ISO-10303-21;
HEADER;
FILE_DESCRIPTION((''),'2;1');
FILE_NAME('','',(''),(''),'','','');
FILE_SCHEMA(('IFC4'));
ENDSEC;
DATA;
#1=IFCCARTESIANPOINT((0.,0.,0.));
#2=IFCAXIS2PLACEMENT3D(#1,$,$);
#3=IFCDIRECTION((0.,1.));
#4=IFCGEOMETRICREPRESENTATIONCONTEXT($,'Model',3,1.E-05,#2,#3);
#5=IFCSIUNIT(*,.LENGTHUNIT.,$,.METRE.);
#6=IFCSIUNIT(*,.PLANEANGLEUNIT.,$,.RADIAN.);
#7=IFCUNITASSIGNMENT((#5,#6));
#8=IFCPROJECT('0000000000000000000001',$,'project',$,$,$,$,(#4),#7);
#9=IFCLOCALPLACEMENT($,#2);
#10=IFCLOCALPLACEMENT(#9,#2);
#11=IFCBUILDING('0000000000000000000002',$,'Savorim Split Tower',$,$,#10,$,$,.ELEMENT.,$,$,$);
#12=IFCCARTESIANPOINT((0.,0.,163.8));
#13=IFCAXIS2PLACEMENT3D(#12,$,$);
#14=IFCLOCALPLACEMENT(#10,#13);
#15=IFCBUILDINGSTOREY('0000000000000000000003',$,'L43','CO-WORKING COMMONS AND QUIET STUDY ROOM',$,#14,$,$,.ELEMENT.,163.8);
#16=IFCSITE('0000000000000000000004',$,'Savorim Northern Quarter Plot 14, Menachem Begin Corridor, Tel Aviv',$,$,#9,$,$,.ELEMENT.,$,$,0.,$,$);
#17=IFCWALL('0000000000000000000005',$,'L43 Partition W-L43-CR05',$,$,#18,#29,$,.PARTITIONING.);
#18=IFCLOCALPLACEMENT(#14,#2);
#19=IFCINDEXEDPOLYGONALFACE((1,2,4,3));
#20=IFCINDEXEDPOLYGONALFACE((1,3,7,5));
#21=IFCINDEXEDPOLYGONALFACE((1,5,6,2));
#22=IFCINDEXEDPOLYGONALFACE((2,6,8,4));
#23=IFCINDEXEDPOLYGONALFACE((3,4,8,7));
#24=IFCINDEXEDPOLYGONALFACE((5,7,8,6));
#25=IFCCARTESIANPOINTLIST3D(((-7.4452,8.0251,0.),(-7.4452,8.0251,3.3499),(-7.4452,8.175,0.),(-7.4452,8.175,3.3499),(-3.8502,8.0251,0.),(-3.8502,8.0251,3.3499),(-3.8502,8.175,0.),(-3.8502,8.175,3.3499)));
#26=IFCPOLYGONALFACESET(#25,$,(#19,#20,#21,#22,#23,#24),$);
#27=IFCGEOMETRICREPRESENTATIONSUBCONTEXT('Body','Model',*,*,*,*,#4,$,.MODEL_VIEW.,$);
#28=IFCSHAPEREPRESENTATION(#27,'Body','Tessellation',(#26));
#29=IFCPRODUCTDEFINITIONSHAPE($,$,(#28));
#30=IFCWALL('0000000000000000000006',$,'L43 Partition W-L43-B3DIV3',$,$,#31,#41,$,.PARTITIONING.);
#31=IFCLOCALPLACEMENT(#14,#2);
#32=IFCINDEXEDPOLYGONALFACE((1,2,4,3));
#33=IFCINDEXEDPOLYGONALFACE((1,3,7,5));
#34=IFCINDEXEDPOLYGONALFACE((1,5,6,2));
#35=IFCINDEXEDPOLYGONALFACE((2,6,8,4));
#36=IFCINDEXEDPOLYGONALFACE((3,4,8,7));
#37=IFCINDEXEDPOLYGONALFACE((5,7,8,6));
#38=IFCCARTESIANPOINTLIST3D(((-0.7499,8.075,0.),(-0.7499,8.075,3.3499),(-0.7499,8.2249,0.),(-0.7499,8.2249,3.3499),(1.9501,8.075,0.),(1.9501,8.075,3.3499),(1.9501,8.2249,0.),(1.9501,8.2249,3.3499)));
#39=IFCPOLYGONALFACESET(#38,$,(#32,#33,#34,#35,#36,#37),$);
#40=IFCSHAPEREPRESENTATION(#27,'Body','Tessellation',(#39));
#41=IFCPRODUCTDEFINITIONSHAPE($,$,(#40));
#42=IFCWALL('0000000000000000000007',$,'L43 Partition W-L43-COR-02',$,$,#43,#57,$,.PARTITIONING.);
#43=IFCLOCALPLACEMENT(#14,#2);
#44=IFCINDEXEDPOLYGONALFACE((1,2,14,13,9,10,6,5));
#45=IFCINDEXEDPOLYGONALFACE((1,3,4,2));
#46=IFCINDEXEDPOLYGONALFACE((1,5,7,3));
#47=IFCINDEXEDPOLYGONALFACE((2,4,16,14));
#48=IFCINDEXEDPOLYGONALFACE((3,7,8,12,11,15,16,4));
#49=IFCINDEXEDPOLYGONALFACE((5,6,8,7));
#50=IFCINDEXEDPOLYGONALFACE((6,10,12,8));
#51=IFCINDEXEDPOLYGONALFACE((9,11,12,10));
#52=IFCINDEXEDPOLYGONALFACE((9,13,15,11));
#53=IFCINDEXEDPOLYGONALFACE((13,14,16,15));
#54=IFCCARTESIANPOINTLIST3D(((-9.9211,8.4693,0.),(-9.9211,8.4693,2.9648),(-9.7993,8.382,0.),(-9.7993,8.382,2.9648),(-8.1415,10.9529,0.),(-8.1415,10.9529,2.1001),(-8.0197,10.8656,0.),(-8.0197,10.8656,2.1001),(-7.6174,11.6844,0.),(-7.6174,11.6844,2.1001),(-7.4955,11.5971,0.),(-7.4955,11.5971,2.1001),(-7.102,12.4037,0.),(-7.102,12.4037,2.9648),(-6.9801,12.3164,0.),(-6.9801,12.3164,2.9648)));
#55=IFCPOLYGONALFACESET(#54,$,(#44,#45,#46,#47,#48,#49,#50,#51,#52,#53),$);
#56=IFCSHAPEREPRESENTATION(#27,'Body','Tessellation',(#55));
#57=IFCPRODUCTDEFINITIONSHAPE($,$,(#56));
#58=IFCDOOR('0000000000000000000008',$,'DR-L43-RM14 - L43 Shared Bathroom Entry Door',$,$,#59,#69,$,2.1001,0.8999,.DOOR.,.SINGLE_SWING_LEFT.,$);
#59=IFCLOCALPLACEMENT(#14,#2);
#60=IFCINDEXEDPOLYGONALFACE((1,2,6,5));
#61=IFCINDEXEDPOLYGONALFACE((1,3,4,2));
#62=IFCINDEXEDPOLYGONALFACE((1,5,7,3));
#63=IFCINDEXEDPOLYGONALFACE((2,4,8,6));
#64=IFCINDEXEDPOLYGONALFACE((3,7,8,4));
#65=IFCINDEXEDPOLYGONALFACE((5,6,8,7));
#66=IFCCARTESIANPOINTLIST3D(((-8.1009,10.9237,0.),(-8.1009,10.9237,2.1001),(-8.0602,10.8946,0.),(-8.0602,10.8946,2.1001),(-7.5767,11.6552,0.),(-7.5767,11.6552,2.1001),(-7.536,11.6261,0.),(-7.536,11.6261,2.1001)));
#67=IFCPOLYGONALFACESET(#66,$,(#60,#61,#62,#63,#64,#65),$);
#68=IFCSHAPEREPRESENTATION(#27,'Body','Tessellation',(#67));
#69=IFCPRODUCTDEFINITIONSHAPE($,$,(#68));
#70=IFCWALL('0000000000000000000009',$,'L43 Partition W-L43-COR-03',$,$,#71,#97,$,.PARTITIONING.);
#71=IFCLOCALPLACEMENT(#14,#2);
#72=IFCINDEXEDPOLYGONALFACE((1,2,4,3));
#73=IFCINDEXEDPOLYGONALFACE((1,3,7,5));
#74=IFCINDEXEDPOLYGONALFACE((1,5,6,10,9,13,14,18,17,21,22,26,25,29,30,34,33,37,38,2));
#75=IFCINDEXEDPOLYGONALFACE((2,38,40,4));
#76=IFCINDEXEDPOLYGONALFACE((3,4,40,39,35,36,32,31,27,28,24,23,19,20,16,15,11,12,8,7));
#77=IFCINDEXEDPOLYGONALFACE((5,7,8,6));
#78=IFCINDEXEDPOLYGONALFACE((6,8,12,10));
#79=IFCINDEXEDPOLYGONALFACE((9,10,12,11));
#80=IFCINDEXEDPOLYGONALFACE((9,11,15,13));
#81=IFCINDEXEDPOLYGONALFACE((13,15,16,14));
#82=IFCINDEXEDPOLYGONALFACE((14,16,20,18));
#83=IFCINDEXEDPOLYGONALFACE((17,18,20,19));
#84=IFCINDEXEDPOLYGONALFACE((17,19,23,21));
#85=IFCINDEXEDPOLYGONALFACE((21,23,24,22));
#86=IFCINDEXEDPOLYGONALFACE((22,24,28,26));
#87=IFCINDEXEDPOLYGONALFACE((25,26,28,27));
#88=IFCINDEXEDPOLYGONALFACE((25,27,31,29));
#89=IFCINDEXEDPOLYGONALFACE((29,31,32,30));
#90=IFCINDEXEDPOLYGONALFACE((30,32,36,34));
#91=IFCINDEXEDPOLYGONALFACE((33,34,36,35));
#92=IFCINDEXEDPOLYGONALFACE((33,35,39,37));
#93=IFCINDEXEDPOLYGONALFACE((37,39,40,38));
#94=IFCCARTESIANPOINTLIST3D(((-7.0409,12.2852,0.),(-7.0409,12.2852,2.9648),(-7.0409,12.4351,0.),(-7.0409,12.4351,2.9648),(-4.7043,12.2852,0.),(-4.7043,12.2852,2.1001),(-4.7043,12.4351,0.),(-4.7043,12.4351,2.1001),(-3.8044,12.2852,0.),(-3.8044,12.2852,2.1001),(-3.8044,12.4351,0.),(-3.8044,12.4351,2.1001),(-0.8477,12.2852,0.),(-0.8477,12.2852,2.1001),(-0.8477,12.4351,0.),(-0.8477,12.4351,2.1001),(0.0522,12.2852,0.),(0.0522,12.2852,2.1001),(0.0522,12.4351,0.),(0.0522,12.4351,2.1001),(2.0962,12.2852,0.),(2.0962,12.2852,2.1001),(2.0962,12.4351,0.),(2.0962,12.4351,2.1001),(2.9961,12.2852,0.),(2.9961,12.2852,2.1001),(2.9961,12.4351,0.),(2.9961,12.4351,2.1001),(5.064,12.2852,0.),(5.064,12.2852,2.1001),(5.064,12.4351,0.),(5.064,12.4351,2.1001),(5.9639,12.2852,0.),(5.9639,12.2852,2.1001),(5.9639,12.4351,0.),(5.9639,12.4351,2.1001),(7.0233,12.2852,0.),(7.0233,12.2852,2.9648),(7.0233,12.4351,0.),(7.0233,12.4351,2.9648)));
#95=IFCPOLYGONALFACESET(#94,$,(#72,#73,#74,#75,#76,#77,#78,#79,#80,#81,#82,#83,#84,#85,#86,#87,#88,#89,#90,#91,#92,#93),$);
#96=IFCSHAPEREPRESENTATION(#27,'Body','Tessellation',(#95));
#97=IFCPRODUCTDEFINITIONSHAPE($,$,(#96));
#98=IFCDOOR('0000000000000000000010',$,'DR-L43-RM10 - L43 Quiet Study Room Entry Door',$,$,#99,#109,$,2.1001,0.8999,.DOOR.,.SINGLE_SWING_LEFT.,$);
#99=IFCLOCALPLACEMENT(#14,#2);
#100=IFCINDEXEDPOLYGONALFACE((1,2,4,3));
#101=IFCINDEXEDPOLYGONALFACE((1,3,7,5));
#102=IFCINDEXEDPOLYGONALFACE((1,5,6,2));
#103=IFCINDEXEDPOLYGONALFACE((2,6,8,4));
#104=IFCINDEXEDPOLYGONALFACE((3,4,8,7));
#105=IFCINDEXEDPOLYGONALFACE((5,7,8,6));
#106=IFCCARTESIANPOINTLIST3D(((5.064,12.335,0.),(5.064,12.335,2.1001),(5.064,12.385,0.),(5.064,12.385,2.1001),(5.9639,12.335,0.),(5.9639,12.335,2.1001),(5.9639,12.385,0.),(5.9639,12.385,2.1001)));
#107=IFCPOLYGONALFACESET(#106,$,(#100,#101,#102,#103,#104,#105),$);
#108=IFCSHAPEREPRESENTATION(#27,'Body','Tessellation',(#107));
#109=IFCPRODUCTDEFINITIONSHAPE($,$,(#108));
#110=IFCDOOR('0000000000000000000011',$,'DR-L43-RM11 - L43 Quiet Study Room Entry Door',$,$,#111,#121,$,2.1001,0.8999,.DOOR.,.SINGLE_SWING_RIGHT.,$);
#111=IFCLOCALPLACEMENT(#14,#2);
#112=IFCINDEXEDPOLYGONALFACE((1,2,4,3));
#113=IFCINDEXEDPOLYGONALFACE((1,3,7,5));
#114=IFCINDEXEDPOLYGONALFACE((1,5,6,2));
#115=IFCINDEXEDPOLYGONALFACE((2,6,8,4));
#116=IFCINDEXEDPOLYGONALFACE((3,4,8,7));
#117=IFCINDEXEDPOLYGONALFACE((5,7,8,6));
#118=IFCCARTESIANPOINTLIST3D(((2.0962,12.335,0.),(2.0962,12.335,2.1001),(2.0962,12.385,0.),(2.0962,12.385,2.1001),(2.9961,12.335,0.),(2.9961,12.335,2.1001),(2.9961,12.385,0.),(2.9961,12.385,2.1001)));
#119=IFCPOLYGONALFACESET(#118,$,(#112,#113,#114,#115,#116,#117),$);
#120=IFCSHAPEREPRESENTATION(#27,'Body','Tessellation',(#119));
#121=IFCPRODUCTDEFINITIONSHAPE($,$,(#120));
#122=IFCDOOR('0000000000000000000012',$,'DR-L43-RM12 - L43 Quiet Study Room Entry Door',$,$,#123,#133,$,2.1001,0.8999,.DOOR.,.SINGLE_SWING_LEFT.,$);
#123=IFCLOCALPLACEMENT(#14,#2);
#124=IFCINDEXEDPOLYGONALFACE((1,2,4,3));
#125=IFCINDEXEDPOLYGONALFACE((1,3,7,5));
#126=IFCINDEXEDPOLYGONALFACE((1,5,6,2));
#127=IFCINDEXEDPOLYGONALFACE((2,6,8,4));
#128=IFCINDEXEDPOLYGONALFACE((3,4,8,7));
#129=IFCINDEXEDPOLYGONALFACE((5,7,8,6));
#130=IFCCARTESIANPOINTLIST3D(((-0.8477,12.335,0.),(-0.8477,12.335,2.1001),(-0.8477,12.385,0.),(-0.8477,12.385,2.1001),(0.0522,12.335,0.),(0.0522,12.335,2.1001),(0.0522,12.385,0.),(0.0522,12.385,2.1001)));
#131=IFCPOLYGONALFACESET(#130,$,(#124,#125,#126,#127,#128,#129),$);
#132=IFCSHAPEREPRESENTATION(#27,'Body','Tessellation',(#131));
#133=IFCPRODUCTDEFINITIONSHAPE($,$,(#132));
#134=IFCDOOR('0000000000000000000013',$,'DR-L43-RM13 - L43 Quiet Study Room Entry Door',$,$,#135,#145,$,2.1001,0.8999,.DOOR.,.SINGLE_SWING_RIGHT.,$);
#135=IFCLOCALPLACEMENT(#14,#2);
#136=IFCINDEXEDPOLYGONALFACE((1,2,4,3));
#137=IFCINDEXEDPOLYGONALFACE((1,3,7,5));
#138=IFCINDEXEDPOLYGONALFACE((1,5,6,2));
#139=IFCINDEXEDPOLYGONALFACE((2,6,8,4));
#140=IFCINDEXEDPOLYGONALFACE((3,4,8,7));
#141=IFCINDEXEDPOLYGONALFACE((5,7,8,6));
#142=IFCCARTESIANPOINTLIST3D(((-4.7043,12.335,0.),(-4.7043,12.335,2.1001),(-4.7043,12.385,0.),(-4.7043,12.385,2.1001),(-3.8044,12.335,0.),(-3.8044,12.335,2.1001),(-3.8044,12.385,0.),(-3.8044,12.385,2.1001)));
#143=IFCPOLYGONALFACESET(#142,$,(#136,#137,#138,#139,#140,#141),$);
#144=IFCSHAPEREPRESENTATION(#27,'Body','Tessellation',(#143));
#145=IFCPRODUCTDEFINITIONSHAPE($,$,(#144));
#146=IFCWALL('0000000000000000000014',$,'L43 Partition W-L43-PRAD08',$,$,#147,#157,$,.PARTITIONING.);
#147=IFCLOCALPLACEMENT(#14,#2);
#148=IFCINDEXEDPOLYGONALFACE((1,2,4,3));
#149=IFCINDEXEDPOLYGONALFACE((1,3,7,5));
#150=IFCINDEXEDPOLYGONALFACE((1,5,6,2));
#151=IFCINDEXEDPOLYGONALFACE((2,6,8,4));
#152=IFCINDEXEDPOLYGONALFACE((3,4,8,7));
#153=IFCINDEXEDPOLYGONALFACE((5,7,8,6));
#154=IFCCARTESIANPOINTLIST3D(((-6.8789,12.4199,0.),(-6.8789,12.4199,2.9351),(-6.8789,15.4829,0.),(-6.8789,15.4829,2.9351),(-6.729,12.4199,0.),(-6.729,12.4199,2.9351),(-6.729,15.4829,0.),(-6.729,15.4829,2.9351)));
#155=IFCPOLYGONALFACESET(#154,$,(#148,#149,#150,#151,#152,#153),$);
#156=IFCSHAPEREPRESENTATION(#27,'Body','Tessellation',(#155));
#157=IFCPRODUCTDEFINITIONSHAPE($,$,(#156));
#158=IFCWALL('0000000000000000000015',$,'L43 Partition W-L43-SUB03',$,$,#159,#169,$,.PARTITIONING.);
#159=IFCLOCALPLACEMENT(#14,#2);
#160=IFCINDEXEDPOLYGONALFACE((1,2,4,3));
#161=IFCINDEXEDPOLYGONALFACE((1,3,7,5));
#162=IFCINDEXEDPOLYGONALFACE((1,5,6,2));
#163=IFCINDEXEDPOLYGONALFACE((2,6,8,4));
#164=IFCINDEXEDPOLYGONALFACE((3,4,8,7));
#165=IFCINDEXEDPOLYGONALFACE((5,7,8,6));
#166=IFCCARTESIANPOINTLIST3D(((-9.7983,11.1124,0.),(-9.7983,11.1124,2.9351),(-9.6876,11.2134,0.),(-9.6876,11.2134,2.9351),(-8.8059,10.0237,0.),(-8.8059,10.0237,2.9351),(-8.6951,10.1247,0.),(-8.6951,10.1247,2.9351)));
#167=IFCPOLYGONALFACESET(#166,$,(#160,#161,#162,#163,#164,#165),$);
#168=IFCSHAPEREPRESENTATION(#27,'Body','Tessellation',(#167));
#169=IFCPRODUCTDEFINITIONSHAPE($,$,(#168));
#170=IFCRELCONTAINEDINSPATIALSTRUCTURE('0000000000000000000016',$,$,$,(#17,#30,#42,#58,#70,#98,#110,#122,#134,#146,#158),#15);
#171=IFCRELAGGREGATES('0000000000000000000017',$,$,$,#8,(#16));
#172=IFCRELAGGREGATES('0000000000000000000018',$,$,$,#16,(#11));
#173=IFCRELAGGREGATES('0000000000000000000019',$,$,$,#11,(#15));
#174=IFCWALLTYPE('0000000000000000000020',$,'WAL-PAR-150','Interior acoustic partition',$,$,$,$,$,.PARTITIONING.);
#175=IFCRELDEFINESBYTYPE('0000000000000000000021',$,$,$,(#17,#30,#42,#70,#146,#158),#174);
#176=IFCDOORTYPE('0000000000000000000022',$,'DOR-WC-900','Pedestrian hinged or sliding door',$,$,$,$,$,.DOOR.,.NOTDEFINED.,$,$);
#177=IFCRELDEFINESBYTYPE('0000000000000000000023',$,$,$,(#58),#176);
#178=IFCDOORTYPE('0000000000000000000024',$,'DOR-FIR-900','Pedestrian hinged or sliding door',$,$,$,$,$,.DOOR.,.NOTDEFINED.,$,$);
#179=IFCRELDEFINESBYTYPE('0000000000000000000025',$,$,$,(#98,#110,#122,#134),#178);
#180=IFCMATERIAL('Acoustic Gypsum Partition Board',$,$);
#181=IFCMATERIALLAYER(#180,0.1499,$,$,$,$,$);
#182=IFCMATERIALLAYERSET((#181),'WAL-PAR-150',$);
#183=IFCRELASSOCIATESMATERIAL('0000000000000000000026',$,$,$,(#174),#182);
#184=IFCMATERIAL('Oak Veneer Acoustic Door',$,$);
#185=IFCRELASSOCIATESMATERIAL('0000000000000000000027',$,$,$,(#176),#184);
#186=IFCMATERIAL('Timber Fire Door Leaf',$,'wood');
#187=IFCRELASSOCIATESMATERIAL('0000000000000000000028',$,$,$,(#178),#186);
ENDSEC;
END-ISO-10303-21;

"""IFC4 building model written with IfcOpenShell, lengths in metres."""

from ifc_helpers import new_model, si_unit, direction, frame, frame_2d, origin, place, context, subcontext, project, spatial, rectangle, extrude, material, layer, layer_set, type_object, element, fill, save


model = new_model("IFC4")

# Units and contexts
model_context = context("Model", 3, precision=1e-05, world=origin(), true_north=direction((0.0, 1.0)))
body_context = subcontext(model_context, "Body", "Model", "MODEL_VIEW")
ifc_project = project(units=[si_unit("LENGTHUNIT", "METRE"), si_unit("PLANEANGLEUNIT", "RADIAN")], contexts=[model_context])

# Site, building, storey
site_placement = place(None, origin())
site = spatial("IfcSite", under=ifc_project, at=site_placement, Name="Savorim Northern Quarter Plot 14, Menachem Begin Corridor, Tel Aviv", CompositionType="ELEMENT", RefElevation=0.0)
building_placement = place(site_placement, origin())
building = spatial("IfcBuilding", under=site, at=building_placement, Name="Savorim Split Tower", CompositionType="ELEMENT")
storey_placement = place(building_placement, frame((0.0, 0.0, 163.8)))
storey = spatial("IfcBuildingStorey", under=building, at=storey_placement, Name="L43", Description="CO-WORKING COMMONS AND QUIET STUDY ROOM", CompositionType="ELEMENT", Elevation=163.8)

# Walls
ifc_material_1 = material(Name="Acoustic Gypsum Partition Board")
ifc_layer_1 = layer(ifc_material_1, 0.1499)
ifc_layer_set_1 = layer_set([ifc_layer_1], Name="WAL-PAR-150")
wall_type_1 = type_object("IfcWallType", Name="WAL-PAR-150", Description="Interior acoustic partition", PredefinedType="PARTITIONING", material=ifc_layer_set_1)
wall_1_placement = place(storey_placement, frame((-7.4451, 8.1001, 0.0), z_axis=(0.0, 0.0, 1.0), x_axis=(1.0, 0.0, 0.0)))
element("IfcWall", 1, at=wall_1_placement, inside=storey, type_object=wall_type_1, Name="L43 Partition W-L43-CR05", PredefinedType="PARTITIONING", context=body_context, shape_type="SweptSolid", body=[
    extrude(rectangle(XDim=3.595, YDim=0.1499, at=frame_2d((1.7974, 0.0))), origin(), (0.0, 0.0, 1.0), 3.3499),
])
wall_2_placement = place(storey_placement, frame((-0.75, 8.1499, 0.0), z_axis=(0.0, 0.0, 1.0), x_axis=(1.0, 0.0, 0.0)))
element("IfcWall", 2, at=wall_2_placement, inside=storey, type_object=wall_type_1, Name="L43 Partition W-L43-B3DIV3", PredefinedType="PARTITIONING", context=body_context, shape_type="SweptSolid", body=[
    extrude(rectangle(XDim=2.7, YDim=0.1499, at=frame_2d((1.3501, 0.0))), origin(), (0.0, 0.0, 1.0), 3.3499),
])

# Wall, opening, door
wall_3_placement = place(storey_placement, frame((-9.8601, 8.4258, 0.0), z_axis=(0.0, 0.0, 1.0), x_axis=(0.58245, 0.812867, 0.0)))
wall_3 = element("IfcWall", 3, at=wall_3_placement, inside=storey, type_object=wall_type_1, Name="L43 Partition W-L43-COR-02", PredefinedType="PARTITIONING", context=body_context, shape_type="SweptSolid", body=[
    extrude(rectangle(XDim=4.8401, YDim=0.1499, at=frame_2d((2.4199, 0.0))), origin(), (0.0, 0.0, 1.0), 2.9648),
])
opening_1_placement = place(wall_3_placement, frame((3.0552, 0.0, 0.0)))
opening_1 = element("IfcOpeningElement", 4, at=opening_1_placement, cuts=wall_3, PredefinedType="OPENING", context=body_context, shape_type="SweptSolid", body=[
    extrude(rectangle(XDim=0.8999, YDim=2.1001, at=frame_2d((0.45, 1.05))), frame((0.0, 0.085, 0.0), z_axis=(0.0, -1.0, 0.0), x_axis=(1.0, 0.0, 0.0)), (0.0, 0.0, 1.0), 0.1699),
])
ifc_material_2 = material(Name="Oak Veneer Acoustic Door")
door_type_1 = type_object("IfcDoorType", Name="DOR-WC-900", Description="Pedestrian hinged or sliding door", OperationType="NOTDEFINED", PredefinedType="DOOR", material=ifc_material_2)
door_1_placement = place(opening_1_placement, origin())
door_1 = element("IfcDoor", 5, at=door_1_placement, inside=storey, type_object=door_type_1, Name="DR-L43-RM14 - L43 Shared Bathroom Entry Door", OperationType="SINGLE_SWING_LEFT", OverallHeight=2.1001, OverallWidth=0.8999, PredefinedType="DOOR", context=body_context, shape_type="SweptSolid", body=[
    extrude(rectangle(XDim=0.8999, YDim=2.1001, at=frame_2d((0.45, 1.05))), frame((0.0, 0.0249, 0.0), z_axis=(0.0, -1.0, 0.0), x_axis=(1.0, 0.0, 0.0)), (0.0, 0.0, 1.0), 0.05),
])
fill(opening_1, door_1)

# Wall, openings, doors
wall_4_placement = place(storey_placement, frame((-7.041, 12.3601, 0.0), z_axis=(0.0, 0.0, 1.0), x_axis=(1.0, 0.0, 0.0)))
wall_4 = element("IfcWall", 6, at=wall_4_placement, inside=storey, type_object=wall_type_1, Name="L43 Partition W-L43-COR-03", PredefinedType="PARTITIONING", context=body_context, shape_type="SweptSolid", body=[
    extrude(rectangle(XDim=14.0642, YDim=0.1499, at=frame_2d((7.0322, 0.0))), origin(), (0.0, 0.0, 1.0), 2.9648),
])
opening_2_placement = place(wall_4_placement, frame((12.105, 0.0, 0.0)))
opening_2 = element("IfcOpeningElement", 7, at=opening_2_placement, cuts=wall_4, PredefinedType="OPENING", context=body_context, shape_type="SweptSolid", body=[
    extrude(rectangle(XDim=0.8999, YDim=2.1001, at=frame_2d((0.45, 1.05))), frame((0.0, 0.085, 0.0), z_axis=(0.0, -1.0, 0.0), x_axis=(1.0, 0.0, 0.0)), (0.0, 0.0, 1.0), 0.1699),
])
opening_3_placement = place(wall_4_placement, frame((9.1372, 0.0, 0.0)))
opening_3 = element("IfcOpeningElement", 8, at=opening_3_placement, cuts=wall_4, PredefinedType="OPENING", context=body_context, shape_type="SweptSolid", body=[
    extrude(rectangle(XDim=0.8999, YDim=2.1001, at=frame_2d((0.45, 1.05))), frame((0.0, 0.085, 0.0), z_axis=(0.0, -1.0, 0.0), x_axis=(1.0, 0.0, 0.0)), (0.0, 0.0, 1.0), 0.1699),
])
opening_4_placement = place(wall_4_placement, frame((6.1934, 0.0, 0.0)))
opening_4 = element("IfcOpeningElement", 9, at=opening_4_placement, cuts=wall_4, PredefinedType="OPENING", context=body_context, shape_type="SweptSolid", body=[
    extrude(rectangle(XDim=0.8999, YDim=2.1001, at=frame_2d((0.45, 1.05))), frame((0.0, 0.085, 0.0), z_axis=(0.0, -1.0, 0.0), x_axis=(1.0, 0.0, 0.0)), (0.0, 0.0, 1.0), 0.1699),
])
opening_5_placement = place(wall_4_placement, frame((2.3367, 0.0, 0.0)))
opening_5 = element("IfcOpeningElement", 10, at=opening_5_placement, cuts=wall_4, PredefinedType="OPENING", context=body_context, shape_type="SweptSolid", body=[
    extrude(rectangle(XDim=0.8999, YDim=2.1001, at=frame_2d((0.45, 1.05))), frame((0.0, 0.085, 0.0), z_axis=(0.0, -1.0, 0.0), x_axis=(1.0, 0.0, 0.0)), (0.0, 0.0, 1.0), 0.1699),
])
ifc_material_3 = material(Name="Timber Fire Door Leaf", Category="wood")
door_type_2 = type_object("IfcDoorType", Name="DOR-FIR-900", Description="Pedestrian hinged or sliding door", OperationType="NOTDEFINED", PredefinedType="DOOR", material=ifc_material_3)
door_2_placement = place(opening_2_placement, origin())
door_2 = element("IfcDoor", 11, at=door_2_placement, inside=storey, type_object=door_type_2, Name="DR-L43-RM10 - L43 Quiet Study Room Entry Door", OperationType="SINGLE_SWING_LEFT", OverallHeight=2.1001, OverallWidth=0.8999, PredefinedType="DOOR", context=body_context, shape_type="SweptSolid", body=[
    extrude(rectangle(XDim=0.8999, YDim=2.1001, at=frame_2d((0.45, 1.05))), frame((0.0, 0.0249, 0.0), z_axis=(0.0, -1.0, 0.0), x_axis=(1.0, 0.0, 0.0)), (0.0, 0.0, 1.0), 0.05),
])
fill(opening_2, door_2)
door_3_placement = place(opening_3_placement, origin())
door_3 = element("IfcDoor", 12, at=door_3_placement, inside=storey, type_object=door_type_2, Name="DR-L43-RM11 - L43 Quiet Study Room Entry Door", OperationType="SINGLE_SWING_RIGHT", OverallHeight=2.1001, OverallWidth=0.8999, PredefinedType="DOOR", context=body_context, shape_type="SweptSolid", body=[
    extrude(rectangle(XDim=0.8999, YDim=2.1001, at=frame_2d((0.45, 1.05))), frame((0.0, 0.0249, 0.0), z_axis=(0.0, -1.0, 0.0), x_axis=(1.0, 0.0, 0.0)), (0.0, 0.0, 1.0), 0.05),
])
fill(opening_3, door_3)
door_4_placement = place(opening_4_placement, origin())
door_4 = element("IfcDoor", 13, at=door_4_placement, inside=storey, type_object=door_type_2, Name="DR-L43-RM12 - L43 Quiet Study Room Entry Door", OperationType="SINGLE_SWING_LEFT", OverallHeight=2.1001, OverallWidth=0.8999, PredefinedType="DOOR", context=body_context, shape_type="SweptSolid", body=[
    extrude(rectangle(XDim=0.8999, YDim=2.1001, at=frame_2d((0.45, 1.05))), frame((0.0, 0.0249, 0.0), z_axis=(0.0, -1.0, 0.0), x_axis=(1.0, 0.0, 0.0)), (0.0, 0.0, 1.0), 0.05),
])
fill(opening_4, door_4)
door_5_placement = place(opening_5_placement, origin())
door_5 = element("IfcDoor", 14, at=door_5_placement, inside=storey, type_object=door_type_2, Name="DR-L43-RM13 - L43 Quiet Study Room Entry Door", OperationType="SINGLE_SWING_RIGHT", OverallHeight=2.1001, OverallWidth=0.8999, PredefinedType="DOOR", context=body_context, shape_type="SweptSolid", body=[
    extrude(rectangle(XDim=0.8999, YDim=2.1001, at=frame_2d((0.45, 1.05))), frame((0.0, 0.0249, 0.0), z_axis=(0.0, -1.0, 0.0), x_axis=(1.0, 0.0, 0.0)), (0.0, 0.0, 1.0), 0.05),
])
fill(opening_5, door_5)

# Walls
wall_5_placement = place(storey_placement, frame((-6.804, 12.4199, 0.0), z_axis=(0.0, 0.0, 1.0), x_axis=(0.0, 1.0, 0.0)))
element("IfcWall", 15, at=wall_5_placement, inside=storey, type_object=wall_type_1, Name="L43 Partition W-L43-PRAD08", PredefinedType="PARTITIONING", context=body_context, shape_type="SweptSolid", body=[
    extrude(rectangle(XDim=3.063, YDim=0.1499, at=frame_2d((1.5315, 0.0))), origin(), (0.0, 0.0, 1.0), 2.9351),
])
wall_6_placement = place(storey_placement, frame((-8.7505, 10.0742, 0.0), z_axis=(0.0, 0.0, 1.0), x_axis=(-0.673703, 0.739002, 0.0)))
element("IfcWall", 16, at=wall_6_placement, inside=storey, type_object=wall_type_1, Name="L43 Partition W-L43-SUB03", PredefinedType="PARTITIONING", context=body_context, shape_type="SweptSolid", body=[
    extrude(rectangle(XDim=1.4731, YDim=0.1499, at=frame_2d((0.7366, 0.0))), origin(), (0.0, 0.0, 1.0), 2.9351),
])

save(model, "model.ifc")
